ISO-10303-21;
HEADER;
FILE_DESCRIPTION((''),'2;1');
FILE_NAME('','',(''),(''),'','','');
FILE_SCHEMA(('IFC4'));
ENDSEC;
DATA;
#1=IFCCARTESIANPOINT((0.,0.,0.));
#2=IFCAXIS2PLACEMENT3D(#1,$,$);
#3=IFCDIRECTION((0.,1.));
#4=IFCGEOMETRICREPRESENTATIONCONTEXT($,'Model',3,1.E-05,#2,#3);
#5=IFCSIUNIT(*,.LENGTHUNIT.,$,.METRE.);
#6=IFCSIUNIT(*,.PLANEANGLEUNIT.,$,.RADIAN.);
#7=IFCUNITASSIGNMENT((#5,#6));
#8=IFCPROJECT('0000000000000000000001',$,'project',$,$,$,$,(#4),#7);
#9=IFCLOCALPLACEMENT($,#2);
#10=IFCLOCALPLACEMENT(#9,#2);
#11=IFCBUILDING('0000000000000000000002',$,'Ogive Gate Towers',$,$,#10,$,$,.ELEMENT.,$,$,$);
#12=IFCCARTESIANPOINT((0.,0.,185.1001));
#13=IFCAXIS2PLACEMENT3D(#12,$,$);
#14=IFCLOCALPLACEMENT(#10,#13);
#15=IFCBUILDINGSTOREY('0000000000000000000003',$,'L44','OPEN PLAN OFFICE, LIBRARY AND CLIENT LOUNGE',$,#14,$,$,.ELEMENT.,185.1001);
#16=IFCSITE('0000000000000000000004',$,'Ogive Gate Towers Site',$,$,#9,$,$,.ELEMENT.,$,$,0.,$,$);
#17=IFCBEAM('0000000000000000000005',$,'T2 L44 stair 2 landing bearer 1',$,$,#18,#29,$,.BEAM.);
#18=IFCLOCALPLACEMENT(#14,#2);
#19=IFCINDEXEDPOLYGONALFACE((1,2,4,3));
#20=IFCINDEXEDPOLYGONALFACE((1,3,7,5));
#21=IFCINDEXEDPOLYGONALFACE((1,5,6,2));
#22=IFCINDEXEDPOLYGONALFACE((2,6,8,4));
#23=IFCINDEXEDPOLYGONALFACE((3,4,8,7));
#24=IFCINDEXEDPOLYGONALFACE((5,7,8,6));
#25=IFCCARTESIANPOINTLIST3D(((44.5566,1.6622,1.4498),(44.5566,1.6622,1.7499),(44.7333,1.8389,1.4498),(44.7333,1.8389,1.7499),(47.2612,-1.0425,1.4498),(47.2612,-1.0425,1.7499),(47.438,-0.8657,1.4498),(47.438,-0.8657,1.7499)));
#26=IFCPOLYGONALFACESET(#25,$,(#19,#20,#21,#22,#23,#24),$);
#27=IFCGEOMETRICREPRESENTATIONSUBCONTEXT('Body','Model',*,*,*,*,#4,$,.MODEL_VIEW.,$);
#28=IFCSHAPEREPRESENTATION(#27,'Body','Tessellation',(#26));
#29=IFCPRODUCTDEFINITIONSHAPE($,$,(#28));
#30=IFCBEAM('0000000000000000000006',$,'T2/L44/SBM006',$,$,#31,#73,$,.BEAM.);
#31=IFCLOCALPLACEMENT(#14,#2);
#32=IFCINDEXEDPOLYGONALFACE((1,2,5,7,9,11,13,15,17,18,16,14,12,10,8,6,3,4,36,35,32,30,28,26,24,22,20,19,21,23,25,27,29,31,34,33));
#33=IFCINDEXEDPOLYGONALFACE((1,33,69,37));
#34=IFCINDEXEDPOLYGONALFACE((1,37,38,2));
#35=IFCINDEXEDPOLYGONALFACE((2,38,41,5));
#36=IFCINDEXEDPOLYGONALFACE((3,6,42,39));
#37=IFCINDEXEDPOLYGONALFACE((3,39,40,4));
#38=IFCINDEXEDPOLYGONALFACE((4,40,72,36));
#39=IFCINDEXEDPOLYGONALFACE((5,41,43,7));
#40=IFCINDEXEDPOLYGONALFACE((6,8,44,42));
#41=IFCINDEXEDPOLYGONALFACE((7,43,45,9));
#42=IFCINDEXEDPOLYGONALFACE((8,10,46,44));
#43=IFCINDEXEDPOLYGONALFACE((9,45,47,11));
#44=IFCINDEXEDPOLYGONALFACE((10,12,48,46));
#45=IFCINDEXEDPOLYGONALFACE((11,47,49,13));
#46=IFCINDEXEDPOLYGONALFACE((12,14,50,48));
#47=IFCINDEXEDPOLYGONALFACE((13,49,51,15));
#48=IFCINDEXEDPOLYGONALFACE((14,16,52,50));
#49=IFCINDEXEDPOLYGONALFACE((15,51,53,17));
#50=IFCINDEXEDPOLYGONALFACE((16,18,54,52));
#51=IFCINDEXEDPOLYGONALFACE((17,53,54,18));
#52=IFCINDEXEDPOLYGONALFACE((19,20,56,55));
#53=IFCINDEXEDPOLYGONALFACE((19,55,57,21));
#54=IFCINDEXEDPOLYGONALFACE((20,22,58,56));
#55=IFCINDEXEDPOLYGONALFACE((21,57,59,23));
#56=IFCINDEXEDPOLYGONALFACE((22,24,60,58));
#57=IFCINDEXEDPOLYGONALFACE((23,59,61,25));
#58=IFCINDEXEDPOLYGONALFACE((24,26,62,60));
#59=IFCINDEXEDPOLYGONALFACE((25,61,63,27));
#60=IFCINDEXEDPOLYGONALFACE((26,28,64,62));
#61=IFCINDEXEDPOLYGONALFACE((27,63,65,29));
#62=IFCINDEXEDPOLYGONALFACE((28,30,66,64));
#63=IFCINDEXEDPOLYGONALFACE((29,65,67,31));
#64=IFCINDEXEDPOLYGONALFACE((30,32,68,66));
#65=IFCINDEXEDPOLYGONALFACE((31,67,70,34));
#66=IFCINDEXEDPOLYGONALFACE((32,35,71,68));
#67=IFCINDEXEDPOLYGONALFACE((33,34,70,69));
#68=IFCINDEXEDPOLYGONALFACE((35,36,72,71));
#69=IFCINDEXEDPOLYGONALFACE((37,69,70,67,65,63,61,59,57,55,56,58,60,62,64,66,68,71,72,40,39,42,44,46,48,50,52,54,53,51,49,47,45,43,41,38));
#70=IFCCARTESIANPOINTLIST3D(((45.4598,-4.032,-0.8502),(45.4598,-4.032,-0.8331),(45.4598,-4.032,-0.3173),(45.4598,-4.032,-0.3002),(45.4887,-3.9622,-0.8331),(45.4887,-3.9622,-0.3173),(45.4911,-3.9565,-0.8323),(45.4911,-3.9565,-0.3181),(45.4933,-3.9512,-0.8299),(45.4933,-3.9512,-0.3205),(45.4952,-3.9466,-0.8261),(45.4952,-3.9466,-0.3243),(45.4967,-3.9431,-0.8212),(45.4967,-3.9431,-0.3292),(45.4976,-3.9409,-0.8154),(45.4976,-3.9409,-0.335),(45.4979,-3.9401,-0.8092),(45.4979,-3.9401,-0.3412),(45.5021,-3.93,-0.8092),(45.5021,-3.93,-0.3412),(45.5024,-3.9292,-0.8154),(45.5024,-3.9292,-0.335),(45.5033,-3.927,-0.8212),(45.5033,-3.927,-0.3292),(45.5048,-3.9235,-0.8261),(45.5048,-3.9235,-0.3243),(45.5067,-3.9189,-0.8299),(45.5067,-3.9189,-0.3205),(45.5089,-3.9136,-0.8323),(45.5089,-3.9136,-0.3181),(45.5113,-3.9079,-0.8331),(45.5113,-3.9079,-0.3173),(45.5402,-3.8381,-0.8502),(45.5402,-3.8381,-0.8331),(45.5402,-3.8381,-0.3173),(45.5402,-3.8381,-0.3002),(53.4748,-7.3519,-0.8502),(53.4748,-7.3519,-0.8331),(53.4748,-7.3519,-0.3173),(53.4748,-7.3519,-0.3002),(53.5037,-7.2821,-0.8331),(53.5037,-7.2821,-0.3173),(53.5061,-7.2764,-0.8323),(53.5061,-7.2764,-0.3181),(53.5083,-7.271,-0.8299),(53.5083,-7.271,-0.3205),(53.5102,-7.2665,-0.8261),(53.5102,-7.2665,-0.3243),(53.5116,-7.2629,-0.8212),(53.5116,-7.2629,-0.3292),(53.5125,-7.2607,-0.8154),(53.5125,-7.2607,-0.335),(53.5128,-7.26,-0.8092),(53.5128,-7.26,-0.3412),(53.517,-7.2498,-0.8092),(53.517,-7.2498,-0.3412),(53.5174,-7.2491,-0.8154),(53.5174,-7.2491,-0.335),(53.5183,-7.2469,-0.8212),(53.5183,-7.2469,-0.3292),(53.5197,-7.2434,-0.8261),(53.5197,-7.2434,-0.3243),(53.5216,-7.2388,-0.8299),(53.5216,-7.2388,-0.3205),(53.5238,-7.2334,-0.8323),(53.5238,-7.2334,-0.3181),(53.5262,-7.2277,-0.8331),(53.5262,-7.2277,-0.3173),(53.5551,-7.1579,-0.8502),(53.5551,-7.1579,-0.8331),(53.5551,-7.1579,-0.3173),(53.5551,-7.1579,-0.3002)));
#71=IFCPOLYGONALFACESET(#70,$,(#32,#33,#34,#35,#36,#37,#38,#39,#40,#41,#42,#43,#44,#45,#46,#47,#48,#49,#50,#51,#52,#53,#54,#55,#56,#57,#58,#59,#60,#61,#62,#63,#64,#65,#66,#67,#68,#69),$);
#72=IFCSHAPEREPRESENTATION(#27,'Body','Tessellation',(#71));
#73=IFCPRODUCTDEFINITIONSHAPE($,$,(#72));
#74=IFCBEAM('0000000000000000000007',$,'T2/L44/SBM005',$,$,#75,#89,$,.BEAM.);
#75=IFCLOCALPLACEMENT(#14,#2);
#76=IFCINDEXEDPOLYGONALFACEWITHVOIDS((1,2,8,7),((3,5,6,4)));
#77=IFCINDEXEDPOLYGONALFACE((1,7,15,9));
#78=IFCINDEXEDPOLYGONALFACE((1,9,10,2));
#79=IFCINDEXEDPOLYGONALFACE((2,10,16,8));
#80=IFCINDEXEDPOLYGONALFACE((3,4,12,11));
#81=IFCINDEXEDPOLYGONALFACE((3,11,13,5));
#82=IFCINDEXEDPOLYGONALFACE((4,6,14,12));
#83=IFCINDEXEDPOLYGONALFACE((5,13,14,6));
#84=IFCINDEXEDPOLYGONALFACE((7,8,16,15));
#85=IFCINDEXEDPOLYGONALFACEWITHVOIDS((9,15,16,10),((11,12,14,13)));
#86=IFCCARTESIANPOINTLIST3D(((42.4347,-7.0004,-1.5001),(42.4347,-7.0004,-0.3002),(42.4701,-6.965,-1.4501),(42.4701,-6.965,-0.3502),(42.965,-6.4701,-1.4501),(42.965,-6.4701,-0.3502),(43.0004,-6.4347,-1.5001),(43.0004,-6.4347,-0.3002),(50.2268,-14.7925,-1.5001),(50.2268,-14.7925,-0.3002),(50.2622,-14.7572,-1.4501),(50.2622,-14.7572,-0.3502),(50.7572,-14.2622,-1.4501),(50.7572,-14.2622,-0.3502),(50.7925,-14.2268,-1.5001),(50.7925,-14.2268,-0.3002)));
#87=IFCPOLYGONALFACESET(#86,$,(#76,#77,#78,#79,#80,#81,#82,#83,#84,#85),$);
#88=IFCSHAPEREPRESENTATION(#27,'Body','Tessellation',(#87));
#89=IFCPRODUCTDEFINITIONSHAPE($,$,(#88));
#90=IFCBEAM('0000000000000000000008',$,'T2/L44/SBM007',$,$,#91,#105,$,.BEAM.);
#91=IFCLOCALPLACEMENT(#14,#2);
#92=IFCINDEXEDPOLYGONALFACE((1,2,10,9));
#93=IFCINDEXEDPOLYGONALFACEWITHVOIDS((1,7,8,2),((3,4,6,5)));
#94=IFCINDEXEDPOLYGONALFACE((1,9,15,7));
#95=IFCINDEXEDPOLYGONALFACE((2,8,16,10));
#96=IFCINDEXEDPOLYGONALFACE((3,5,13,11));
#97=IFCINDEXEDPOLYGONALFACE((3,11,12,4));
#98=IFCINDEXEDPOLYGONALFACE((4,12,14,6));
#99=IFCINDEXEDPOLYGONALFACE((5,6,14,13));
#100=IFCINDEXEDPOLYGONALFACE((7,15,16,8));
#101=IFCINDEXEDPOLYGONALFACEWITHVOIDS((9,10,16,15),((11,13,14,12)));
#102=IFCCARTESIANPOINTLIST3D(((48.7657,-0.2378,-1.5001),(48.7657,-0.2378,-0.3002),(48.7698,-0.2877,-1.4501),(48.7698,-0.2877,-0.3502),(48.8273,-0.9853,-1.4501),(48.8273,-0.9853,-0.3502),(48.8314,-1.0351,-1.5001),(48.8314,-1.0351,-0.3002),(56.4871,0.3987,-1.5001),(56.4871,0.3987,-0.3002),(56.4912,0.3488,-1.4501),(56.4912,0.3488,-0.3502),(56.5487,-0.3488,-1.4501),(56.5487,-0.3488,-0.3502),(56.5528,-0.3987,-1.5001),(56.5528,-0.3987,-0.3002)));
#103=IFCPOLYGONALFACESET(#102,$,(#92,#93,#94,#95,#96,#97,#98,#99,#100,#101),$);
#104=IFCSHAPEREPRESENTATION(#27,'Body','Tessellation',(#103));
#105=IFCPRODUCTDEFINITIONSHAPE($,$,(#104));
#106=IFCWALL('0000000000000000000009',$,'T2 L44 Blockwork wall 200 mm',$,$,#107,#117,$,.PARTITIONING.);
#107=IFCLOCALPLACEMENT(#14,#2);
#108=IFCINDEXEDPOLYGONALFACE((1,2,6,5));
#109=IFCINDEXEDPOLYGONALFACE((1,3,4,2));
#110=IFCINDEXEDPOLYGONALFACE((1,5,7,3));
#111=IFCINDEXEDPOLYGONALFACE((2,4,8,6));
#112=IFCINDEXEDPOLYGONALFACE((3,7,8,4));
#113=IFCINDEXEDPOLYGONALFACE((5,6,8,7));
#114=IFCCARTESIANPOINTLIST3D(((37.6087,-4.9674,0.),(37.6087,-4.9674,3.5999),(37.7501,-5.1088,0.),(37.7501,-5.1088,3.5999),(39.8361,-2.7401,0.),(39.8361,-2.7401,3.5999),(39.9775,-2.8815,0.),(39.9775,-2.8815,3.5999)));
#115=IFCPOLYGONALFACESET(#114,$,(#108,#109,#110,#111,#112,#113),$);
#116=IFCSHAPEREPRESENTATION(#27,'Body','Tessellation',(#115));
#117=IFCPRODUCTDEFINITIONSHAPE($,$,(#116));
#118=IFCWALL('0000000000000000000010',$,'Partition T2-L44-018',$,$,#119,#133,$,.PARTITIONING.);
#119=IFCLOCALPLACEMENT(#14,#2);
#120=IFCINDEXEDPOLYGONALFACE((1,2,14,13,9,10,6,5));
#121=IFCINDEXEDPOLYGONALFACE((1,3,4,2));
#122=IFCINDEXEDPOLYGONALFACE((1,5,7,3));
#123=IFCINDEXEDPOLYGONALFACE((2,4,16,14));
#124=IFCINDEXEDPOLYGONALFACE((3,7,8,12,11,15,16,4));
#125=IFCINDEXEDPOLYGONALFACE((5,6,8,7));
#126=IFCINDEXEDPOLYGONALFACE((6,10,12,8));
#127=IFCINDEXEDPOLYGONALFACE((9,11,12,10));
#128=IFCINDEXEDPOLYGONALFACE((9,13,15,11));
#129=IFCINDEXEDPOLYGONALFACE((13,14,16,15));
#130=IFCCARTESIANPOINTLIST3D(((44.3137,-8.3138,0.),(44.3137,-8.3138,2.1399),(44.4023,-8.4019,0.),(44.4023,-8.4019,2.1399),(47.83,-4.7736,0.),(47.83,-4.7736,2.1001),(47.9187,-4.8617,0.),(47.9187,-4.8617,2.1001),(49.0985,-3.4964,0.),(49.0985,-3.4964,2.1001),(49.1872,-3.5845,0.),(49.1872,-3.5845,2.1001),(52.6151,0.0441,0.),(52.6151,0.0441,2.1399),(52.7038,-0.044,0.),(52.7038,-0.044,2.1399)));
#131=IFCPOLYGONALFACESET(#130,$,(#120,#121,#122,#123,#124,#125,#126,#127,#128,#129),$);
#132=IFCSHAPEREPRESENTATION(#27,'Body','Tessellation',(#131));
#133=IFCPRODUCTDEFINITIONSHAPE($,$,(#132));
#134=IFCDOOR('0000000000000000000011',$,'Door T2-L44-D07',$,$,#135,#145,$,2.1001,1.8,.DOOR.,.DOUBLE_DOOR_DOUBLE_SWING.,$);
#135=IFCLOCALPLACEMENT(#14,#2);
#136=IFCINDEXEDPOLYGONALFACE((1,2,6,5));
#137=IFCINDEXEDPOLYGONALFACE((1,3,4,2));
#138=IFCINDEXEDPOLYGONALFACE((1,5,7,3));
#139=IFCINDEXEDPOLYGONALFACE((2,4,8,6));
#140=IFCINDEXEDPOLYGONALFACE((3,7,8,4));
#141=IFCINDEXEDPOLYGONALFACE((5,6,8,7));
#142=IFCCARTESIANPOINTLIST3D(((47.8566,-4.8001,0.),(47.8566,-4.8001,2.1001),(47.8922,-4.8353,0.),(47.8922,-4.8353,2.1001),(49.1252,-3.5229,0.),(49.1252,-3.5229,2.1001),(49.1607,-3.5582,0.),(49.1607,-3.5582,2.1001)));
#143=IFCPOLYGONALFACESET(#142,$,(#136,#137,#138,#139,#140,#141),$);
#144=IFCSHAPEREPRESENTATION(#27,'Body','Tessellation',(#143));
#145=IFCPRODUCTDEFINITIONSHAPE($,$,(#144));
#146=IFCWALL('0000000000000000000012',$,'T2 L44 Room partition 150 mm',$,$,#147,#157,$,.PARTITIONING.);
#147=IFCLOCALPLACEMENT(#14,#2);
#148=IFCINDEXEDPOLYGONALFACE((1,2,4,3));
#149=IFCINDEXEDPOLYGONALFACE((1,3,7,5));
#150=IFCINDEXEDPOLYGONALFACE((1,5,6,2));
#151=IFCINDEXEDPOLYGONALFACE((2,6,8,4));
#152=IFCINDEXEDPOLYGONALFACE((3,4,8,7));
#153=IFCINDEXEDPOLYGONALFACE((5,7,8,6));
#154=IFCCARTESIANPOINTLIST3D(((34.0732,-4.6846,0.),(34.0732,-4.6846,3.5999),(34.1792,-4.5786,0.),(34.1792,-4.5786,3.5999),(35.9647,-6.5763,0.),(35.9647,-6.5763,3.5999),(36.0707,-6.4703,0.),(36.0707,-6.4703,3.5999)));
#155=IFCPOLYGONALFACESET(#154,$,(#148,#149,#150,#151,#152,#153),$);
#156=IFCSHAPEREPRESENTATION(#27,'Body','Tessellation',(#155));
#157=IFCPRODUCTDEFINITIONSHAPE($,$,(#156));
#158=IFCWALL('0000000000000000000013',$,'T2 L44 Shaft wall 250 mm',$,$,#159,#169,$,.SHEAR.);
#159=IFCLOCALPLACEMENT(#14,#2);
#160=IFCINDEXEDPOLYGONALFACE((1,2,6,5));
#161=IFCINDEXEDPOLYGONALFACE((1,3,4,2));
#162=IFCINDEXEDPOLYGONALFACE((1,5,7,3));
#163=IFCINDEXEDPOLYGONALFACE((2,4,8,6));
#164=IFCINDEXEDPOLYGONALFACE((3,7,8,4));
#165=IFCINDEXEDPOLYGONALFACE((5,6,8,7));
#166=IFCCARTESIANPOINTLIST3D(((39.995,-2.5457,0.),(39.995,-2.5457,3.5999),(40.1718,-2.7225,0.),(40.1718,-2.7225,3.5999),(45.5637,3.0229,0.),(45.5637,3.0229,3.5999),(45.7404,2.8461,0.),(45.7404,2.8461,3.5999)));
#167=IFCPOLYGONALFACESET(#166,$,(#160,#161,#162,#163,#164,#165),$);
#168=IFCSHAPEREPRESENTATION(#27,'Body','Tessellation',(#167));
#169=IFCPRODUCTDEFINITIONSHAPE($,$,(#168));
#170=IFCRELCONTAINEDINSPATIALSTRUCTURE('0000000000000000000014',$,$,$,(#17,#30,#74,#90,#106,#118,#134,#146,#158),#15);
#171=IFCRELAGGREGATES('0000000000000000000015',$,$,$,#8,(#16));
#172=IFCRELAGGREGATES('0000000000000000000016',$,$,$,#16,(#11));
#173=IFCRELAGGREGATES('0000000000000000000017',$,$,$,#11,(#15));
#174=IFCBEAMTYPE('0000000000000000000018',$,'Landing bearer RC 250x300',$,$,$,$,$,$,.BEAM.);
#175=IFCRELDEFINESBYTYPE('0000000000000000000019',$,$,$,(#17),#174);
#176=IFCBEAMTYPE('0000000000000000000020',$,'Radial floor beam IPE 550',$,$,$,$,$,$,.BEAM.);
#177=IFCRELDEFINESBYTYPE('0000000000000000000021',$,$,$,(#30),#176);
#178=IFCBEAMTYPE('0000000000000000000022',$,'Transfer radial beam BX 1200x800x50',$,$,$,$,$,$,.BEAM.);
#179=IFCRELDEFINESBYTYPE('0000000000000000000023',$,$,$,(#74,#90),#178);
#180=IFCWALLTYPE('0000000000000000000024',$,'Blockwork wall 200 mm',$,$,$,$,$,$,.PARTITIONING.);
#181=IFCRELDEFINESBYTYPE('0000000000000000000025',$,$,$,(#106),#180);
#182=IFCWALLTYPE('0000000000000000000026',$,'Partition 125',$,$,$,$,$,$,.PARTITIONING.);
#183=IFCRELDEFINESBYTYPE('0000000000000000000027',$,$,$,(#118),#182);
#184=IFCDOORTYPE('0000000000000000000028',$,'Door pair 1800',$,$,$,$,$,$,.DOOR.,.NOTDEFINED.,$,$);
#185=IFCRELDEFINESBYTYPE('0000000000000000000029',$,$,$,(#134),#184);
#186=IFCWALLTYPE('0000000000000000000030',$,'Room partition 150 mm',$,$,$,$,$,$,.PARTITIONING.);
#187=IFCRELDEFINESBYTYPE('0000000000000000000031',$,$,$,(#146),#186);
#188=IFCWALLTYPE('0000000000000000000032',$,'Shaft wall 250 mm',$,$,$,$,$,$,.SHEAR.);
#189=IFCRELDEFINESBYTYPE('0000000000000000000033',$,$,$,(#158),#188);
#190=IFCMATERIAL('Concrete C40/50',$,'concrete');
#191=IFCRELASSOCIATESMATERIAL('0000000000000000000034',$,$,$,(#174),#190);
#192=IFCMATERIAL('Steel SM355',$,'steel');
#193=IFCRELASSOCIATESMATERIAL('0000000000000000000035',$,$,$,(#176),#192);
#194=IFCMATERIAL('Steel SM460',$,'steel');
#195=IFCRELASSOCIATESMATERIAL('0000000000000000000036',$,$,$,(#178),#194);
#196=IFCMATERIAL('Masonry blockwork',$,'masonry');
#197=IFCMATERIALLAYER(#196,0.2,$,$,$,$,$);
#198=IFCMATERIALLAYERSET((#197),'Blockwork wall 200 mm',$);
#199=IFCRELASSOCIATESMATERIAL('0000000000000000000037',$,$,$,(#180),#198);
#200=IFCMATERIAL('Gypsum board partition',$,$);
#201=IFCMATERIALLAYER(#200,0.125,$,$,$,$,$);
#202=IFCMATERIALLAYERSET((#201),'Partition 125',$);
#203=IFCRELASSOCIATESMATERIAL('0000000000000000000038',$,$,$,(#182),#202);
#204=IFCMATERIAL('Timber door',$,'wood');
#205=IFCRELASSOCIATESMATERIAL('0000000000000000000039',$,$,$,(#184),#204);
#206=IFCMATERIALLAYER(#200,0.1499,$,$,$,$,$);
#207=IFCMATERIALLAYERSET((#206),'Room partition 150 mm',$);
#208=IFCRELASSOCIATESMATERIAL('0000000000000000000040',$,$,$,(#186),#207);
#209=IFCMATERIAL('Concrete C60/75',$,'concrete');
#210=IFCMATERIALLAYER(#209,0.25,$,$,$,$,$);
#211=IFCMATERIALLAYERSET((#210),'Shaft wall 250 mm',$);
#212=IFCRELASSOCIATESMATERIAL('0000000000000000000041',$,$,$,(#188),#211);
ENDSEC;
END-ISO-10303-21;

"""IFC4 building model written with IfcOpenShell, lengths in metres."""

from ifc_helpers import new_model, si_unit, direction, frame, frame_2d, origin, origin_2d, place, context, subcontext, project, spatial, rectangle, hollow_rectangle, i_section, extrude, material, layer, layer_set, material_profile, profile_set, type_object, element, fill, save


model = new_model("IFC4")

# Units and contexts
model_context = context("Model", 3, precision=1e-05, world=origin(), true_north=direction((0.0, 1.0)))
body_context = subcontext(model_context, "Body", "Model", "MODEL_VIEW")
ifc_project = project(units=[si_unit("LENGTHUNIT", "METRE"), si_unit("PLANEANGLEUNIT", "RADIAN")], contexts=[model_context])

# Site, building, storey
site_placement = place(None, origin())
site = spatial("IfcSite", under=ifc_project, at=site_placement, Name="Ogive Gate Towers Site", CompositionType="ELEMENT", RefElevation=0.0)
building_placement = place(site_placement, origin())
building = spatial("IfcBuilding", under=site, at=building_placement, Name="Ogive Gate Towers", CompositionType="ELEMENT")
storey_placement = place(building_placement, frame((0.0, 0.0, 185.1001)))
storey = spatial("IfcBuildingStorey", under=building, at=storey_placement, Name="L44", Description="OPEN PLAN OFFICE, LIBRARY AND CLIENT LOUNGE", CompositionType="ELEMENT", Elevation=185.1001)

# Beams
ifc_material_1 = material(Name="Concrete C40/50", Category="concrete")
ifc_material_profile_1 = material_profile(ifc_material_1, rectangle(XDim=0.25, YDim=0.3, at=origin_2d()), Name="RC 250x300")
ifc_profile_set_1 = profile_set([ifc_material_profile_1], Name="Concrete C40/50")
beam_type_1 = type_object("IfcBeamType", Name="Landing bearer RC 250x300", PredefinedType="BEAM", material=ifc_profile_set_1)
beam_1_placement = place(storey_placement, frame((47.3496, -0.9541, 1.5999), z_axis=(-0.707107, 0.707107, 0.0), x_axis=(-0.707107, -0.707107, 0.0)))
element("IfcBeam", 1, at=beam_1_placement, inside=storey, type_object=beam_type_1, Name="T2 L44 stair 2 landing bearer 1", PredefinedType="BEAM", context=body_context, shape_type="SweptSolid", body=[
    extrude(rectangle(XDim=0.25, YDim=0.3, at=origin_2d()), origin(), (0.0, 0.0, 1.0), 3.825),
])
ifc_material_2 = material(Name="Steel SM355", Category="steel")
ifc_material_profile_2 = material_profile(ifc_material_2, i_section(OverallWidth=0.21, OverallDepth=0.55, WebThickness=0.011, FlangeThickness=0.0171, FilletRadius=0.0239, at=origin_2d()), Name="IPE 550")
ifc_profile_set_2 = profile_set([ifc_material_profile_2], Name="Steel SM355")
beam_type_2 = type_object("IfcBeamType", Name="Radial floor beam IPE 550", PredefinedType="BEAM", material=ifc_profile_set_2)
beam_2_placement = place(storey_placement, frame((45.5, -3.9351, -0.5752), z_axis=(0.923882, -0.382678, 0.0), x_axis=(0.382678, 0.923882, 0.0)))
element("IfcBeam", 2, at=beam_2_placement, inside=storey, type_object=beam_type_2, Name="T2/L44/SBM006", PredefinedType="BEAM", context=body_context, shape_type="SweptSolid", body=[
    extrude(i_section(OverallWidth=0.21, OverallDepth=0.55, WebThickness=0.011, FlangeThickness=0.0171, FilletRadius=0.0239, at=origin_2d()), origin(), (0.0, 0.0, 1.0), 8.6753),
])
ifc_material_3 = material(Name="Steel SM460", Category="steel")
ifc_material_profile_3 = material_profile(ifc_material_3, hollow_rectangle(XDim=0.8, YDim=1.2, WallThickness=0.05, at=origin_2d()), Name="BX 1200x800x50")
ifc_profile_set_3 = profile_set([ifc_material_profile_3], Name="Steel SM460")
beam_type_3 = type_object("IfcBeamType", Name="Transfer radial beam BX 1200x800x50", PredefinedType="BEAM", material=ifc_profile_set_3)
beam_3_placement = place(storey_placement, frame((42.7175, -6.7175, -0.9001), z_axis=(0.707107, -0.707107, 0.0), x_axis=(0.707107, 0.707107, 0.0)))
element("IfcBeam", 3, at=beam_3_placement, inside=storey, type_object=beam_type_3, Name="T2/L44/SBM005", PredefinedType="BEAM", context=body_context, shape_type="SweptSolid", body=[
    extrude(hollow_rectangle(XDim=0.8, YDim=1.2, WallThickness=0.05, at=origin_2d()), origin(), (0.0, 0.0, 1.0), 11.0198),
])
beam_4_placement = place(storey_placement, frame((48.7986, -0.6365, -0.9001), z_axis=(0.99662, 0.082151, 0.0), x_axis=(-0.082151, 0.99662, 0.0)))
element("IfcBeam", 4, at=beam_4_placement, inside=storey, type_object=beam_type_3, Name="T2/L44/SBM007", PredefinedType="BEAM", context=body_context, shape_type="SweptSolid", body=[
    extrude(hollow_rectangle(XDim=0.8, YDim=1.2, WallThickness=0.05, at=origin_2d()), origin(), (0.0, 0.0, 1.0), 7.7476),
])

# Wall
ifc_material_4 = material(Name="Masonry blockwork", Category="masonry")
ifc_layer_1 = layer(ifc_material_4, 0.2)
ifc_layer_set_1 = layer_set([ifc_layer_1], Name="Blockwork wall 200 mm")
wall_type_1 = type_object("IfcWallType", Name="Blockwork wall 200 mm", PredefinedType="PARTITIONING", material=ifc_layer_set_1)
wall_1_placement = place(storey_placement, frame((37.6794, -5.0381, 0.0), z_axis=(0.0, 0.0, 1.0), x_axis=(0.707107, 0.707107, 0.0)))
element("IfcWall", 5, at=wall_1_placement, inside=storey, type_object=wall_type_1, Name="T2 L44 Blockwork wall 200 mm", PredefinedType="PARTITIONING", context=body_context, shape_type="SweptSolid", body=[
    extrude(rectangle(XDim=3.1499, YDim=0.2, at=frame_2d((1.575, 0.0))), origin(), (0.0, 0.0, 1.0), 3.5999),
])

# Wall, opening, door
ifc_material_5 = material(Name="Gypsum board partition")
ifc_layer_2 = layer(ifc_material_5, 0.125)
ifc_layer_set_2 = layer_set([ifc_layer_2], Name="Partition 125")
wall_type_2 = type_object("IfcWallType", Name="Partition 125", PredefinedType="PARTITIONING", material=ifc_layer_set_2)
wall_2_placement = place(storey_placement, frame((44.3579, -8.3579, 0.0), z_axis=(0.0, 0.0, 1.0), x_axis=(0.704709, 0.709496, 0.0)))
wall_2 = element("IfcWall", 6, at=wall_2_placement, inside=storey, type_object=wall_type_2, Name="Partition T2-L44-018", PredefinedType="PARTITIONING", context=body_context, shape_type="SweptSolid", body=[
    extrude(rectangle(XDim=11.78, YDim=0.125, at=frame_2d((5.8901, 0.0))), origin(), (0.0, 0.0, 1.0), 2.1399),
])
opening_1_placement = place(wall_2_placement, frame((4.99, 0.0, 0.0)))
opening_1 = element("IfcOpeningElement", 7, at=opening_1_placement, cuts=wall_2, PredefinedType="OPENING", context=body_context, shape_type="SweptSolid", body=[
    extrude(rectangle(XDim=1.8, YDim=2.1001, at=frame_2d((0.8999, 1.05))), frame((0.0, 0.0725, 0.0), z_axis=(0.0, -1.0, 0.0), x_axis=(1.0, 0.0, 0.0)), (0.0, 0.0, 1.0), 0.145),
])
ifc_material_6 = material(Name="Timber door", Category="wood")
door_type_1 = type_object("IfcDoorType", Name="Door pair 1800", OperationType="NOTDEFINED", PredefinedType="DOOR", material=ifc_material_6)
door_1_placement = place(opening_1_placement, origin())
door_1 = element("IfcDoor", 8, at=door_1_placement, inside=storey, type_object=door_type_1, Name="Door T2-L44-D07", OperationType="DOUBLE_DOOR_DOUBLE_SWING", OverallHeight=2.1001, OverallWidth=1.8, PredefinedType="DOOR", context=body_context, shape_type="SweptSolid", body=[
    extrude(rectangle(XDim=1.8, YDim=2.1001, at=frame_2d((0.8999, 1.05))), frame((0.0, 0.0249, 0.0), z_axis=(0.0, -1.0, 0.0), x_axis=(1.0, 0.0, 0.0)), (0.0, 0.0, 1.0), 0.05),
])
fill(opening_1, door_1)

# Walls
ifc_layer_3 = layer(ifc_material_5, 0.1499)
ifc_layer_set_3 = layer_set([ifc_layer_3], Name="Room partition 150 mm")
wall_type_3 = type_object("IfcWallType", Name="Room partition 150 mm", PredefinedType="PARTITIONING", material=ifc_layer_set_3)
wall_3_placement = place(storey_placement, frame((36.0176, -6.5232, 0.0), z_axis=(0.0, 0.0, 1.0), x_axis=(-0.707061, 0.707152, 0.0)))
element("IfcWall", 9, at=wall_3_placement, inside=storey, type_object=wall_type_3, Name="T2 L44 Room partition 150 mm", PredefinedType="PARTITIONING", context=body_context, shape_type="SweptSolid", body=[
    extrude(rectangle(XDim=2.675, YDim=0.1499, at=frame_2d((1.3374, 0.0))), origin(), (0.0, 0.0, 1.0), 3.5999),
])
ifc_material_7 = material(Name="Concrete C60/75", Category="concrete")
ifc_layer_4 = layer(ifc_material_7, 0.25)
ifc_layer_set_4 = layer_set([ifc_layer_4], Name="Shaft wall 250 mm")
wall_type_4 = type_object("IfcWallType", Name="Shaft wall 250 mm", PredefinedType="SHEAR", material=ifc_layer_set_4)
wall_4_placement = place(storey_placement, frame((40.0835, -2.634, 0.0), z_axis=(0.0, 0.0, 1.0), x_axis=(0.707107, 0.707107, 0.0)))
element("IfcWall", 10, at=wall_4_placement, inside=storey, type_object=wall_type_4, Name="T2 L44 Shaft wall 250 mm", PredefinedType="SHEAR", context=body_context, shape_type="SweptSolid", body=[
    extrude(rectangle(XDim=7.8752, YDim=0.25, at=frame_2d((3.9375, 0.0))), origin(), (0.0, 0.0, 1.0), 3.5999),
])

save(model, "model.ifc")
